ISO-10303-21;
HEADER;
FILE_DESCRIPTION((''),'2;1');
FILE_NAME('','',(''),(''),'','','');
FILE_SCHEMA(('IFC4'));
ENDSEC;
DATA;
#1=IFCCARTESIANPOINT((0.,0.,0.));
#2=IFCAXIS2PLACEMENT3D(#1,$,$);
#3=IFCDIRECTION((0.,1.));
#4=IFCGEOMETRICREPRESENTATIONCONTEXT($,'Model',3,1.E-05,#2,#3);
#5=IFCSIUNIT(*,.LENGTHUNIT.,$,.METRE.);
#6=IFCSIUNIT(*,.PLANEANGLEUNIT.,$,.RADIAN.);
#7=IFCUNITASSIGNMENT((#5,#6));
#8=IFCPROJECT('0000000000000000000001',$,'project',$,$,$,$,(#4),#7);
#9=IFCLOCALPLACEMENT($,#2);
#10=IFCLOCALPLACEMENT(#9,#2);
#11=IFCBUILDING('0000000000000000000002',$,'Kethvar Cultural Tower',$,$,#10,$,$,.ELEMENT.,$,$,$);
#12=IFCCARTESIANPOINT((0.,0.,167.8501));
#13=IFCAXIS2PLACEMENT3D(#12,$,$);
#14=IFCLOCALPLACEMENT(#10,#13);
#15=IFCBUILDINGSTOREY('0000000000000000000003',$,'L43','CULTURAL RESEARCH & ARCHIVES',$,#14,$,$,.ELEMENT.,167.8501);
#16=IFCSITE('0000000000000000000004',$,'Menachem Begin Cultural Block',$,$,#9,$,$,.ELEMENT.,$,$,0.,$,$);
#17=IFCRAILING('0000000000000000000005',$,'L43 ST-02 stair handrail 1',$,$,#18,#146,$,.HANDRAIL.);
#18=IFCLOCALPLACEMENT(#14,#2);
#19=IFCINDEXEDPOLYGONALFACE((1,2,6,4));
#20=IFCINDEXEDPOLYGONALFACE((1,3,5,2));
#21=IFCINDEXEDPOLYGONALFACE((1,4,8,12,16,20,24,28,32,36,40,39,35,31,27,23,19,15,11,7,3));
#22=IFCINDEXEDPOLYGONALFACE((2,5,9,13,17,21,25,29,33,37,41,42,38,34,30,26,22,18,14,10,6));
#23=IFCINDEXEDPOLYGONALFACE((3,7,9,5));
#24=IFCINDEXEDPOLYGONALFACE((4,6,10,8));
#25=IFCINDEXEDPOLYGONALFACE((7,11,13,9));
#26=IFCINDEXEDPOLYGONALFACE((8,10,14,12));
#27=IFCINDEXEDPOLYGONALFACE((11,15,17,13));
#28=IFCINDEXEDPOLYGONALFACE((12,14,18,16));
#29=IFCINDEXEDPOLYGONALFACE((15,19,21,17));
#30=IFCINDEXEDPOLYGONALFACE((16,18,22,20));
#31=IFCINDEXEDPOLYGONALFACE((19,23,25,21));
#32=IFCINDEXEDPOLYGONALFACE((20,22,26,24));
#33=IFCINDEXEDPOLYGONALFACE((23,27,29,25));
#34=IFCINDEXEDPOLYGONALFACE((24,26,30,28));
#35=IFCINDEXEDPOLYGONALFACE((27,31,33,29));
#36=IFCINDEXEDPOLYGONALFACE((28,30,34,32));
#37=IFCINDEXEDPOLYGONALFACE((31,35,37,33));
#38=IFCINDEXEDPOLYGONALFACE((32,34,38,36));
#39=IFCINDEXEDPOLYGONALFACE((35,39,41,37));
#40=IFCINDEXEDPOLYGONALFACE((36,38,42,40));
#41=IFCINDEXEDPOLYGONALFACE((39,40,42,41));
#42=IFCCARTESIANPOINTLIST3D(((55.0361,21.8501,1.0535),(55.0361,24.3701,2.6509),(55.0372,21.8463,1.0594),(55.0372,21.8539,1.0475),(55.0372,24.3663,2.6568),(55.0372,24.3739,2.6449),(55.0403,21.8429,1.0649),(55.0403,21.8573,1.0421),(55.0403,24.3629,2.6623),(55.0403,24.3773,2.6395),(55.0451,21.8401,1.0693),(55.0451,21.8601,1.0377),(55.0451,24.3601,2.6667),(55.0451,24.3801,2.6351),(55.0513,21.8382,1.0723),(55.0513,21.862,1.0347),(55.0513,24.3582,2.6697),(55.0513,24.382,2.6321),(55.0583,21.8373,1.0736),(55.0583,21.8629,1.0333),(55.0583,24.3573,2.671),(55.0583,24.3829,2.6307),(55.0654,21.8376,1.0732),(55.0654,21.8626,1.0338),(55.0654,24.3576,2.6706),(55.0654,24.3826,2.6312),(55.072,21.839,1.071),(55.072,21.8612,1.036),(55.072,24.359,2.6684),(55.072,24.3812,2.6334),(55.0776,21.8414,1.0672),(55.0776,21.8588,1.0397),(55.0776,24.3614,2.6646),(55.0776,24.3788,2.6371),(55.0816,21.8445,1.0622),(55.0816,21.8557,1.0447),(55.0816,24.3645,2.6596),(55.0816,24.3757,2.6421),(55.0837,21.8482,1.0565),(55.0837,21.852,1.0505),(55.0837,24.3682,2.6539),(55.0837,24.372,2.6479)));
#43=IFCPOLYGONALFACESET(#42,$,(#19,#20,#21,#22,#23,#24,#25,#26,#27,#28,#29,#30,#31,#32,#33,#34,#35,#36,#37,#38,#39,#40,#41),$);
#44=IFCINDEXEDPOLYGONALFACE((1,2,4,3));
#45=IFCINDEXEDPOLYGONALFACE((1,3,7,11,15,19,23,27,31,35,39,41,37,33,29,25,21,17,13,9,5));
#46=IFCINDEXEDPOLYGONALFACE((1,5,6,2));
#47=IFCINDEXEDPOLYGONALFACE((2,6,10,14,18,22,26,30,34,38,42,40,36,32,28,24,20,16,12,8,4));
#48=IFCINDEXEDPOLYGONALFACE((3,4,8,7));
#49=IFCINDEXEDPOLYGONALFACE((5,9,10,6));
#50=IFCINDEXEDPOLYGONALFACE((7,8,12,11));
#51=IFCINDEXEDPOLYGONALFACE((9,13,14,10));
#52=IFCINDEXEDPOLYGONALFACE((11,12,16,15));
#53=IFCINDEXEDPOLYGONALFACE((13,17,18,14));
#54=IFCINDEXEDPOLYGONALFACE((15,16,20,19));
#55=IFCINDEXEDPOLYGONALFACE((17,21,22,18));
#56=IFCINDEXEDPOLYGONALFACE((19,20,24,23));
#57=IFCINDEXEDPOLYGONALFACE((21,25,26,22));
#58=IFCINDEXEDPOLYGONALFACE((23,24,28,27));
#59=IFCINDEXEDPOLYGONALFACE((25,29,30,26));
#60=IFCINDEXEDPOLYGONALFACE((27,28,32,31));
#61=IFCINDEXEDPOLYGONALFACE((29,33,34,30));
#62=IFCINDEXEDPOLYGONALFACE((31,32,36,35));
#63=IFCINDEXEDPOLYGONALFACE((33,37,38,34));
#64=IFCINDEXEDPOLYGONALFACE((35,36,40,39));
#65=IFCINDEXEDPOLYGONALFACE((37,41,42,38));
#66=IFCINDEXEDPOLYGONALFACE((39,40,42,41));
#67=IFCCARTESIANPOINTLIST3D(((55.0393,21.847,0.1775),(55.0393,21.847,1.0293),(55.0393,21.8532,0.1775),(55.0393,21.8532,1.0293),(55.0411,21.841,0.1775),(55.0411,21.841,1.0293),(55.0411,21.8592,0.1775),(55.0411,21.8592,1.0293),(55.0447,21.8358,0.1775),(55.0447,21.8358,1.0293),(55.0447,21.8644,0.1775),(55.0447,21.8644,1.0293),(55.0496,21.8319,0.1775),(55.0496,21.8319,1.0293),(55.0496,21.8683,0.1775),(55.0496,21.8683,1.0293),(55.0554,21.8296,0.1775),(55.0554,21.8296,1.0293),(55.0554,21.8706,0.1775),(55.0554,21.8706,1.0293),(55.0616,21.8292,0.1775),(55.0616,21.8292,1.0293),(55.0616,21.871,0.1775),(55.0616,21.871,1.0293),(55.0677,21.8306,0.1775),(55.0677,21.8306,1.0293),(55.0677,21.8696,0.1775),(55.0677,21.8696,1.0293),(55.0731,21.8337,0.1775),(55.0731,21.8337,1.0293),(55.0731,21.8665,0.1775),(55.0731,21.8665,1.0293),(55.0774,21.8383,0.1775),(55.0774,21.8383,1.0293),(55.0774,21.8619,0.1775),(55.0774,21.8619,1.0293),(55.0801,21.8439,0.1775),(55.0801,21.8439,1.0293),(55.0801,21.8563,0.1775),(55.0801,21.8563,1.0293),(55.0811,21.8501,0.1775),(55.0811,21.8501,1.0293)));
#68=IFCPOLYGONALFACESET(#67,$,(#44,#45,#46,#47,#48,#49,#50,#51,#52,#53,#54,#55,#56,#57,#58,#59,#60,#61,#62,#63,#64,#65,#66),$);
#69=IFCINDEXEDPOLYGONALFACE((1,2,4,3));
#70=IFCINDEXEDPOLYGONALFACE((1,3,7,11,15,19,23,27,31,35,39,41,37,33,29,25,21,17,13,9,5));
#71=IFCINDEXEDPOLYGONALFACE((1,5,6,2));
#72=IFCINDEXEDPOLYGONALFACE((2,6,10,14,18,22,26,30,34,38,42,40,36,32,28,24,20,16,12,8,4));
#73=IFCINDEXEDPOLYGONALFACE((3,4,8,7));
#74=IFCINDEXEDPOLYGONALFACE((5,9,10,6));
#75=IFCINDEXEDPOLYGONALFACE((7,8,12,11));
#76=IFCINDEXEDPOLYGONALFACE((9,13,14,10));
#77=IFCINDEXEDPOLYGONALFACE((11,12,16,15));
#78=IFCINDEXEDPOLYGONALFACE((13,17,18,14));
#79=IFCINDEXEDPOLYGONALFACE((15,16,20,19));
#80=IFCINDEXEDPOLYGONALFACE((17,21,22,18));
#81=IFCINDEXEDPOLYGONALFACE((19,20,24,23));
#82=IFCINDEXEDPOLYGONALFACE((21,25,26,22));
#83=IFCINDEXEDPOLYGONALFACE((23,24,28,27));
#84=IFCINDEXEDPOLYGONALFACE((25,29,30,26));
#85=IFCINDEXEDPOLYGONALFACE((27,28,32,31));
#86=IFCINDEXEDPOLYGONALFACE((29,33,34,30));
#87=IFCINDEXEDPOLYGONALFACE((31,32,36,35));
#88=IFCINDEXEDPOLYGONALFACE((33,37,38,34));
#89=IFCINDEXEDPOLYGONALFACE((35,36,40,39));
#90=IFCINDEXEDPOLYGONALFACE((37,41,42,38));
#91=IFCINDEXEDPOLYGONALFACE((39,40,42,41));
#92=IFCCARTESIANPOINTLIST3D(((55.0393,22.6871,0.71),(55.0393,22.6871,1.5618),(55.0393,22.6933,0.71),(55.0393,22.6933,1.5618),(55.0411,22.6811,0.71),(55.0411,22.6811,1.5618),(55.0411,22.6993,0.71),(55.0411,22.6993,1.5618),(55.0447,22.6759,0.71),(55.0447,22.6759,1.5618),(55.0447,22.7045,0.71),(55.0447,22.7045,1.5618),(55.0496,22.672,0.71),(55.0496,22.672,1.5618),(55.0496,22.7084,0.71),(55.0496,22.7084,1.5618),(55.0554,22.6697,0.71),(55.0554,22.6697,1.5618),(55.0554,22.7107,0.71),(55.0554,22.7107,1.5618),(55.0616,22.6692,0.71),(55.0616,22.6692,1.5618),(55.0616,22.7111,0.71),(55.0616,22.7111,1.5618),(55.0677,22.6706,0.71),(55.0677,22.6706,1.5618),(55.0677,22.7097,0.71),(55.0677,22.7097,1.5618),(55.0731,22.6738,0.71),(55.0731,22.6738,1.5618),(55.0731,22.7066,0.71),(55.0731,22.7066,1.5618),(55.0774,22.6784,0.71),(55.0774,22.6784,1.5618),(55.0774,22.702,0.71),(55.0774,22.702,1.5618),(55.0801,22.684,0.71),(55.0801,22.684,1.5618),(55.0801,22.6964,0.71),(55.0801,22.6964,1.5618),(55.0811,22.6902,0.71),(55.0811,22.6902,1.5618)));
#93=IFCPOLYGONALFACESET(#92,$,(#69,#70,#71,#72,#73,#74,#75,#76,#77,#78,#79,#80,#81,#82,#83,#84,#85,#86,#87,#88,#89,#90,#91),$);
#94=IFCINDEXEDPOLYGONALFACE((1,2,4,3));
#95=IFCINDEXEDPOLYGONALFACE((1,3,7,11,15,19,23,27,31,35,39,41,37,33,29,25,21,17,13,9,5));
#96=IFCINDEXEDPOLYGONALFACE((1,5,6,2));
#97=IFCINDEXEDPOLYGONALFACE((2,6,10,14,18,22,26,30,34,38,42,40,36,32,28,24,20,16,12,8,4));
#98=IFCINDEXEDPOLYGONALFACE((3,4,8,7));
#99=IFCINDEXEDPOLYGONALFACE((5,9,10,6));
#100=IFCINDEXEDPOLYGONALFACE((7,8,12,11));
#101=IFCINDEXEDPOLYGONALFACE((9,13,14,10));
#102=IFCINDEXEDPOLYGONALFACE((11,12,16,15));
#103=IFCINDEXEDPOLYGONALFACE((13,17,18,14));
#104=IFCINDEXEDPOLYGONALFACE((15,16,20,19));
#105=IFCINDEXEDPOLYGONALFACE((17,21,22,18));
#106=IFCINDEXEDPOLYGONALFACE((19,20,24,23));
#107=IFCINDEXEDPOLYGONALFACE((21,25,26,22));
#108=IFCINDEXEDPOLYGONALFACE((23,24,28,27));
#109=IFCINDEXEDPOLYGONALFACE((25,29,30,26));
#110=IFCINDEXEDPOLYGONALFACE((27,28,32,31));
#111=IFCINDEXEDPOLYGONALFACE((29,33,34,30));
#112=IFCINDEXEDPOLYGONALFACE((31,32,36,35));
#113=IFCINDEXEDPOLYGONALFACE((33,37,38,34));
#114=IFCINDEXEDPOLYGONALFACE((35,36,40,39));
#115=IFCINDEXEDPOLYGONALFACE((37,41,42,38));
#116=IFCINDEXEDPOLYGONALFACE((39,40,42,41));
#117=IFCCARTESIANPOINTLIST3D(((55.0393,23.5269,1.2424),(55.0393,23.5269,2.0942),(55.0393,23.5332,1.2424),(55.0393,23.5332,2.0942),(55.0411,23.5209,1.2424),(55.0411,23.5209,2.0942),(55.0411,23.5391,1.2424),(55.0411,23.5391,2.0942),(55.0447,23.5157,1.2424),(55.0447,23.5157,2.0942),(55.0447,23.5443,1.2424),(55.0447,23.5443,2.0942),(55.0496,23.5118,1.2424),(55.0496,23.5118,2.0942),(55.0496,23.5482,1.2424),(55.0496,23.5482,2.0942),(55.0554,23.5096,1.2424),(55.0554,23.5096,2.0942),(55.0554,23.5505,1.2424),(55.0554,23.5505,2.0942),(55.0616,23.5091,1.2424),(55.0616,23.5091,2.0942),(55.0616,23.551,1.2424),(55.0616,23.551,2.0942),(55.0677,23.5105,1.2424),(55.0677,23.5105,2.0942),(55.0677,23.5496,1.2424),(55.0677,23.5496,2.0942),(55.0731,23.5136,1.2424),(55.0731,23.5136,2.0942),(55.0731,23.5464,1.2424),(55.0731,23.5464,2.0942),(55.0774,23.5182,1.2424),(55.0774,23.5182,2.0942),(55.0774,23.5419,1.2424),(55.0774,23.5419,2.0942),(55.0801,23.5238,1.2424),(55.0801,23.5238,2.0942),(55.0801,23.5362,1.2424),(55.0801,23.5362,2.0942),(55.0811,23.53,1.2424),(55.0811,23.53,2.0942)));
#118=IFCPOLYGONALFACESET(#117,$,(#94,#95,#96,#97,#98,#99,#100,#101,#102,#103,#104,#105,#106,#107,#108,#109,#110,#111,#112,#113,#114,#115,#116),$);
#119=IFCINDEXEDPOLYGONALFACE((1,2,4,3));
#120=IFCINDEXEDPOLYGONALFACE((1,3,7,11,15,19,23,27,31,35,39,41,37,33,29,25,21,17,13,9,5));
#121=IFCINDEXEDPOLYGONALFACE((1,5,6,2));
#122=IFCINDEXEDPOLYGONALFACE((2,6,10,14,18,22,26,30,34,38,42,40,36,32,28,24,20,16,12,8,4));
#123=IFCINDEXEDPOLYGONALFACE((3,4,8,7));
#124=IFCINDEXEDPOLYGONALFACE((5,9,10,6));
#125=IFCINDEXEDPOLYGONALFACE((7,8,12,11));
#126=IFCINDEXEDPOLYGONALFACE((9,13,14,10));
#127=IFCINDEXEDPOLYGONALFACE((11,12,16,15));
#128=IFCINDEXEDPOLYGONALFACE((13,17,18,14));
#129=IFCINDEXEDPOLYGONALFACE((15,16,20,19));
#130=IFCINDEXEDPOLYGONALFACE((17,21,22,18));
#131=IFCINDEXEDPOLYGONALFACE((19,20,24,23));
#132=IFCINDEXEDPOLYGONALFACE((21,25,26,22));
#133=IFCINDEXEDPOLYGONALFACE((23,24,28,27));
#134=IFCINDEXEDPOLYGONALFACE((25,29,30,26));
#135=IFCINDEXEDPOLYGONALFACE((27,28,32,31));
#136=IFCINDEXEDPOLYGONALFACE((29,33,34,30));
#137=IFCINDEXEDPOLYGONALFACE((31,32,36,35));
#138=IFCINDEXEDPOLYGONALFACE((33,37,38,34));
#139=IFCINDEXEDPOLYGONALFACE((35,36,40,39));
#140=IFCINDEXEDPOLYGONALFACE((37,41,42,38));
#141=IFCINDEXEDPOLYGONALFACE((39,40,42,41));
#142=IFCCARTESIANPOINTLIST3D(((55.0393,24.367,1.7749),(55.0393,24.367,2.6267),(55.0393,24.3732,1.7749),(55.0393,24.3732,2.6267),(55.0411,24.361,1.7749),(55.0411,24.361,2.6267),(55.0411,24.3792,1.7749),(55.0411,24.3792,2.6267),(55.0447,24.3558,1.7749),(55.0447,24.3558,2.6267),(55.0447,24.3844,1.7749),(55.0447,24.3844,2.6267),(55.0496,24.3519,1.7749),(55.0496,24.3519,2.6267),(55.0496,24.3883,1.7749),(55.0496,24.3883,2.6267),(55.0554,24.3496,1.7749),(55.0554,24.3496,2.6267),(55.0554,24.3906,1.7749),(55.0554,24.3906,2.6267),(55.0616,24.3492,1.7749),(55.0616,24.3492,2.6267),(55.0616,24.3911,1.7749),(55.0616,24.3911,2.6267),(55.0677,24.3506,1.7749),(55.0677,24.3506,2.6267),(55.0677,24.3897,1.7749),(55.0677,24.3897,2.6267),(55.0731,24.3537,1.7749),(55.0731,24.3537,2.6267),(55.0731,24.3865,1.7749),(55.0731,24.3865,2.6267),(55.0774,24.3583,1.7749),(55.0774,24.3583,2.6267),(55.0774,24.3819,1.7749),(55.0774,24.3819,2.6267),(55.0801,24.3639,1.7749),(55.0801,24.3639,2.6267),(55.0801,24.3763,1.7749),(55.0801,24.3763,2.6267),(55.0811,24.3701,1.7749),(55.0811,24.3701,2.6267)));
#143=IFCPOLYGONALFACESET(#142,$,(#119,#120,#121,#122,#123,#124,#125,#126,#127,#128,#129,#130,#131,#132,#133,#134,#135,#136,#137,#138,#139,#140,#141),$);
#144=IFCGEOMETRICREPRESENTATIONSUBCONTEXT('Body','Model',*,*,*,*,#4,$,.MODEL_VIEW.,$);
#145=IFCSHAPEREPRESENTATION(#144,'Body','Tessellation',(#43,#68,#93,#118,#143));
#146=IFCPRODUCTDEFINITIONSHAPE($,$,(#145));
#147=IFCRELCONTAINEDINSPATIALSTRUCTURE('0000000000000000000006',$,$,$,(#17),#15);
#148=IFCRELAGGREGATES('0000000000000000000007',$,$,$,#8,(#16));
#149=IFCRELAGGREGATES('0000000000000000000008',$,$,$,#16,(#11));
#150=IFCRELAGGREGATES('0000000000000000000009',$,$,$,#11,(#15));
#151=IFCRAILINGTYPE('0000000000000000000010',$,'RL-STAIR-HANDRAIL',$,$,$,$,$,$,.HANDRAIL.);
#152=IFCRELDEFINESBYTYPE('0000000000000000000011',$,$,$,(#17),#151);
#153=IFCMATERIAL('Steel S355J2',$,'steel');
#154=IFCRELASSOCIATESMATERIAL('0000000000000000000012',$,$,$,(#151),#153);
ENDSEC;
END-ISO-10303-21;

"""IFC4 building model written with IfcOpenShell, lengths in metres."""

from ifc_helpers import new_model, si_unit, direction, frame, origin, origin_2d, place, context, subcontext, project, spatial, circle, extrude, material, type_object, element, save


model = new_model("IFC4")

# Units and contexts
model_context = context("Model", 3, precision=1e-05, world=origin(), true_north=direction((0.0, 1.0)))
body_context = subcontext(model_context, "Body", "Model", "MODEL_VIEW")
ifc_project = project(units=[si_unit("LENGTHUNIT", "METRE"), si_unit("PLANEANGLEUNIT", "RADIAN")], contexts=[model_context])

# Site, building, storey
site_placement = place(None, origin())
site = spatial("IfcSite", under=ifc_project, at=site_placement, Name="Menachem Begin Cultural Block", CompositionType="ELEMENT", RefElevation=0.0)
building_placement = place(site_placement, origin())
building = spatial("IfcBuilding", under=site, at=building_placement, Name="Kethvar Cultural Tower", CompositionType="ELEMENT")
storey_placement = place(building_placement, frame((0.0, 0.0, 167.8501)))
storey = spatial("IfcBuildingStorey", under=building, at=storey_placement, Name="L43", Description="CULTURAL RESEARCH & ARCHIVES", CompositionType="ELEMENT", Elevation=167.8501)

# Shared definitions
ifc_material_1 = material(Name="Steel S355J2", Category="steel")

# Railing
railing_type_1 = type_object("IfcRailingType", Name="RL-STAIR-HANDRAIL", PredefinedType="HANDRAIL", material=ifc_material_1)
railing_1_placement = place(storey_placement, frame((55.0601, 21.8501, 0.1775)))
element("IfcRailing", 1, at=railing_1_placement, inside=storey, type_object=railing_type_1, Name="L43 ST-02 stair handrail 1", PredefinedType="HANDRAIL", context=body_context, shape_type="SweptSolid", body=[
    extrude(circle(Radius=0.0239, at=origin_2d()), frame((0.0, 0.0, 0.876), z_axis=(0.0, 0.844607, 0.535387), x_axis=(-1.0, 0.0, 0.0)), (0.0, 0.0, 1.0), 2.9836),
    extrude(circle(Radius=0.021, at=origin_2d()), origin(), (0.0, 0.0, 1.0), 0.8518),
    extrude(circle(Radius=0.021, at=origin_2d()), frame((0.0, 0.8401, 0.5325)), (0.0, 0.0, 1.0), 0.8518),
    extrude(circle(Radius=0.021, at=origin_2d()), frame((0.0, 1.6799, 1.0649)), (0.0, 0.0, 1.0), 0.8518),
    extrude(circle(Radius=0.021, at=origin_2d()), frame((0.0, 2.52, 1.5974)), (0.0, 0.0, 1.0), 0.8518),
])

save(model, "model.ifc")
